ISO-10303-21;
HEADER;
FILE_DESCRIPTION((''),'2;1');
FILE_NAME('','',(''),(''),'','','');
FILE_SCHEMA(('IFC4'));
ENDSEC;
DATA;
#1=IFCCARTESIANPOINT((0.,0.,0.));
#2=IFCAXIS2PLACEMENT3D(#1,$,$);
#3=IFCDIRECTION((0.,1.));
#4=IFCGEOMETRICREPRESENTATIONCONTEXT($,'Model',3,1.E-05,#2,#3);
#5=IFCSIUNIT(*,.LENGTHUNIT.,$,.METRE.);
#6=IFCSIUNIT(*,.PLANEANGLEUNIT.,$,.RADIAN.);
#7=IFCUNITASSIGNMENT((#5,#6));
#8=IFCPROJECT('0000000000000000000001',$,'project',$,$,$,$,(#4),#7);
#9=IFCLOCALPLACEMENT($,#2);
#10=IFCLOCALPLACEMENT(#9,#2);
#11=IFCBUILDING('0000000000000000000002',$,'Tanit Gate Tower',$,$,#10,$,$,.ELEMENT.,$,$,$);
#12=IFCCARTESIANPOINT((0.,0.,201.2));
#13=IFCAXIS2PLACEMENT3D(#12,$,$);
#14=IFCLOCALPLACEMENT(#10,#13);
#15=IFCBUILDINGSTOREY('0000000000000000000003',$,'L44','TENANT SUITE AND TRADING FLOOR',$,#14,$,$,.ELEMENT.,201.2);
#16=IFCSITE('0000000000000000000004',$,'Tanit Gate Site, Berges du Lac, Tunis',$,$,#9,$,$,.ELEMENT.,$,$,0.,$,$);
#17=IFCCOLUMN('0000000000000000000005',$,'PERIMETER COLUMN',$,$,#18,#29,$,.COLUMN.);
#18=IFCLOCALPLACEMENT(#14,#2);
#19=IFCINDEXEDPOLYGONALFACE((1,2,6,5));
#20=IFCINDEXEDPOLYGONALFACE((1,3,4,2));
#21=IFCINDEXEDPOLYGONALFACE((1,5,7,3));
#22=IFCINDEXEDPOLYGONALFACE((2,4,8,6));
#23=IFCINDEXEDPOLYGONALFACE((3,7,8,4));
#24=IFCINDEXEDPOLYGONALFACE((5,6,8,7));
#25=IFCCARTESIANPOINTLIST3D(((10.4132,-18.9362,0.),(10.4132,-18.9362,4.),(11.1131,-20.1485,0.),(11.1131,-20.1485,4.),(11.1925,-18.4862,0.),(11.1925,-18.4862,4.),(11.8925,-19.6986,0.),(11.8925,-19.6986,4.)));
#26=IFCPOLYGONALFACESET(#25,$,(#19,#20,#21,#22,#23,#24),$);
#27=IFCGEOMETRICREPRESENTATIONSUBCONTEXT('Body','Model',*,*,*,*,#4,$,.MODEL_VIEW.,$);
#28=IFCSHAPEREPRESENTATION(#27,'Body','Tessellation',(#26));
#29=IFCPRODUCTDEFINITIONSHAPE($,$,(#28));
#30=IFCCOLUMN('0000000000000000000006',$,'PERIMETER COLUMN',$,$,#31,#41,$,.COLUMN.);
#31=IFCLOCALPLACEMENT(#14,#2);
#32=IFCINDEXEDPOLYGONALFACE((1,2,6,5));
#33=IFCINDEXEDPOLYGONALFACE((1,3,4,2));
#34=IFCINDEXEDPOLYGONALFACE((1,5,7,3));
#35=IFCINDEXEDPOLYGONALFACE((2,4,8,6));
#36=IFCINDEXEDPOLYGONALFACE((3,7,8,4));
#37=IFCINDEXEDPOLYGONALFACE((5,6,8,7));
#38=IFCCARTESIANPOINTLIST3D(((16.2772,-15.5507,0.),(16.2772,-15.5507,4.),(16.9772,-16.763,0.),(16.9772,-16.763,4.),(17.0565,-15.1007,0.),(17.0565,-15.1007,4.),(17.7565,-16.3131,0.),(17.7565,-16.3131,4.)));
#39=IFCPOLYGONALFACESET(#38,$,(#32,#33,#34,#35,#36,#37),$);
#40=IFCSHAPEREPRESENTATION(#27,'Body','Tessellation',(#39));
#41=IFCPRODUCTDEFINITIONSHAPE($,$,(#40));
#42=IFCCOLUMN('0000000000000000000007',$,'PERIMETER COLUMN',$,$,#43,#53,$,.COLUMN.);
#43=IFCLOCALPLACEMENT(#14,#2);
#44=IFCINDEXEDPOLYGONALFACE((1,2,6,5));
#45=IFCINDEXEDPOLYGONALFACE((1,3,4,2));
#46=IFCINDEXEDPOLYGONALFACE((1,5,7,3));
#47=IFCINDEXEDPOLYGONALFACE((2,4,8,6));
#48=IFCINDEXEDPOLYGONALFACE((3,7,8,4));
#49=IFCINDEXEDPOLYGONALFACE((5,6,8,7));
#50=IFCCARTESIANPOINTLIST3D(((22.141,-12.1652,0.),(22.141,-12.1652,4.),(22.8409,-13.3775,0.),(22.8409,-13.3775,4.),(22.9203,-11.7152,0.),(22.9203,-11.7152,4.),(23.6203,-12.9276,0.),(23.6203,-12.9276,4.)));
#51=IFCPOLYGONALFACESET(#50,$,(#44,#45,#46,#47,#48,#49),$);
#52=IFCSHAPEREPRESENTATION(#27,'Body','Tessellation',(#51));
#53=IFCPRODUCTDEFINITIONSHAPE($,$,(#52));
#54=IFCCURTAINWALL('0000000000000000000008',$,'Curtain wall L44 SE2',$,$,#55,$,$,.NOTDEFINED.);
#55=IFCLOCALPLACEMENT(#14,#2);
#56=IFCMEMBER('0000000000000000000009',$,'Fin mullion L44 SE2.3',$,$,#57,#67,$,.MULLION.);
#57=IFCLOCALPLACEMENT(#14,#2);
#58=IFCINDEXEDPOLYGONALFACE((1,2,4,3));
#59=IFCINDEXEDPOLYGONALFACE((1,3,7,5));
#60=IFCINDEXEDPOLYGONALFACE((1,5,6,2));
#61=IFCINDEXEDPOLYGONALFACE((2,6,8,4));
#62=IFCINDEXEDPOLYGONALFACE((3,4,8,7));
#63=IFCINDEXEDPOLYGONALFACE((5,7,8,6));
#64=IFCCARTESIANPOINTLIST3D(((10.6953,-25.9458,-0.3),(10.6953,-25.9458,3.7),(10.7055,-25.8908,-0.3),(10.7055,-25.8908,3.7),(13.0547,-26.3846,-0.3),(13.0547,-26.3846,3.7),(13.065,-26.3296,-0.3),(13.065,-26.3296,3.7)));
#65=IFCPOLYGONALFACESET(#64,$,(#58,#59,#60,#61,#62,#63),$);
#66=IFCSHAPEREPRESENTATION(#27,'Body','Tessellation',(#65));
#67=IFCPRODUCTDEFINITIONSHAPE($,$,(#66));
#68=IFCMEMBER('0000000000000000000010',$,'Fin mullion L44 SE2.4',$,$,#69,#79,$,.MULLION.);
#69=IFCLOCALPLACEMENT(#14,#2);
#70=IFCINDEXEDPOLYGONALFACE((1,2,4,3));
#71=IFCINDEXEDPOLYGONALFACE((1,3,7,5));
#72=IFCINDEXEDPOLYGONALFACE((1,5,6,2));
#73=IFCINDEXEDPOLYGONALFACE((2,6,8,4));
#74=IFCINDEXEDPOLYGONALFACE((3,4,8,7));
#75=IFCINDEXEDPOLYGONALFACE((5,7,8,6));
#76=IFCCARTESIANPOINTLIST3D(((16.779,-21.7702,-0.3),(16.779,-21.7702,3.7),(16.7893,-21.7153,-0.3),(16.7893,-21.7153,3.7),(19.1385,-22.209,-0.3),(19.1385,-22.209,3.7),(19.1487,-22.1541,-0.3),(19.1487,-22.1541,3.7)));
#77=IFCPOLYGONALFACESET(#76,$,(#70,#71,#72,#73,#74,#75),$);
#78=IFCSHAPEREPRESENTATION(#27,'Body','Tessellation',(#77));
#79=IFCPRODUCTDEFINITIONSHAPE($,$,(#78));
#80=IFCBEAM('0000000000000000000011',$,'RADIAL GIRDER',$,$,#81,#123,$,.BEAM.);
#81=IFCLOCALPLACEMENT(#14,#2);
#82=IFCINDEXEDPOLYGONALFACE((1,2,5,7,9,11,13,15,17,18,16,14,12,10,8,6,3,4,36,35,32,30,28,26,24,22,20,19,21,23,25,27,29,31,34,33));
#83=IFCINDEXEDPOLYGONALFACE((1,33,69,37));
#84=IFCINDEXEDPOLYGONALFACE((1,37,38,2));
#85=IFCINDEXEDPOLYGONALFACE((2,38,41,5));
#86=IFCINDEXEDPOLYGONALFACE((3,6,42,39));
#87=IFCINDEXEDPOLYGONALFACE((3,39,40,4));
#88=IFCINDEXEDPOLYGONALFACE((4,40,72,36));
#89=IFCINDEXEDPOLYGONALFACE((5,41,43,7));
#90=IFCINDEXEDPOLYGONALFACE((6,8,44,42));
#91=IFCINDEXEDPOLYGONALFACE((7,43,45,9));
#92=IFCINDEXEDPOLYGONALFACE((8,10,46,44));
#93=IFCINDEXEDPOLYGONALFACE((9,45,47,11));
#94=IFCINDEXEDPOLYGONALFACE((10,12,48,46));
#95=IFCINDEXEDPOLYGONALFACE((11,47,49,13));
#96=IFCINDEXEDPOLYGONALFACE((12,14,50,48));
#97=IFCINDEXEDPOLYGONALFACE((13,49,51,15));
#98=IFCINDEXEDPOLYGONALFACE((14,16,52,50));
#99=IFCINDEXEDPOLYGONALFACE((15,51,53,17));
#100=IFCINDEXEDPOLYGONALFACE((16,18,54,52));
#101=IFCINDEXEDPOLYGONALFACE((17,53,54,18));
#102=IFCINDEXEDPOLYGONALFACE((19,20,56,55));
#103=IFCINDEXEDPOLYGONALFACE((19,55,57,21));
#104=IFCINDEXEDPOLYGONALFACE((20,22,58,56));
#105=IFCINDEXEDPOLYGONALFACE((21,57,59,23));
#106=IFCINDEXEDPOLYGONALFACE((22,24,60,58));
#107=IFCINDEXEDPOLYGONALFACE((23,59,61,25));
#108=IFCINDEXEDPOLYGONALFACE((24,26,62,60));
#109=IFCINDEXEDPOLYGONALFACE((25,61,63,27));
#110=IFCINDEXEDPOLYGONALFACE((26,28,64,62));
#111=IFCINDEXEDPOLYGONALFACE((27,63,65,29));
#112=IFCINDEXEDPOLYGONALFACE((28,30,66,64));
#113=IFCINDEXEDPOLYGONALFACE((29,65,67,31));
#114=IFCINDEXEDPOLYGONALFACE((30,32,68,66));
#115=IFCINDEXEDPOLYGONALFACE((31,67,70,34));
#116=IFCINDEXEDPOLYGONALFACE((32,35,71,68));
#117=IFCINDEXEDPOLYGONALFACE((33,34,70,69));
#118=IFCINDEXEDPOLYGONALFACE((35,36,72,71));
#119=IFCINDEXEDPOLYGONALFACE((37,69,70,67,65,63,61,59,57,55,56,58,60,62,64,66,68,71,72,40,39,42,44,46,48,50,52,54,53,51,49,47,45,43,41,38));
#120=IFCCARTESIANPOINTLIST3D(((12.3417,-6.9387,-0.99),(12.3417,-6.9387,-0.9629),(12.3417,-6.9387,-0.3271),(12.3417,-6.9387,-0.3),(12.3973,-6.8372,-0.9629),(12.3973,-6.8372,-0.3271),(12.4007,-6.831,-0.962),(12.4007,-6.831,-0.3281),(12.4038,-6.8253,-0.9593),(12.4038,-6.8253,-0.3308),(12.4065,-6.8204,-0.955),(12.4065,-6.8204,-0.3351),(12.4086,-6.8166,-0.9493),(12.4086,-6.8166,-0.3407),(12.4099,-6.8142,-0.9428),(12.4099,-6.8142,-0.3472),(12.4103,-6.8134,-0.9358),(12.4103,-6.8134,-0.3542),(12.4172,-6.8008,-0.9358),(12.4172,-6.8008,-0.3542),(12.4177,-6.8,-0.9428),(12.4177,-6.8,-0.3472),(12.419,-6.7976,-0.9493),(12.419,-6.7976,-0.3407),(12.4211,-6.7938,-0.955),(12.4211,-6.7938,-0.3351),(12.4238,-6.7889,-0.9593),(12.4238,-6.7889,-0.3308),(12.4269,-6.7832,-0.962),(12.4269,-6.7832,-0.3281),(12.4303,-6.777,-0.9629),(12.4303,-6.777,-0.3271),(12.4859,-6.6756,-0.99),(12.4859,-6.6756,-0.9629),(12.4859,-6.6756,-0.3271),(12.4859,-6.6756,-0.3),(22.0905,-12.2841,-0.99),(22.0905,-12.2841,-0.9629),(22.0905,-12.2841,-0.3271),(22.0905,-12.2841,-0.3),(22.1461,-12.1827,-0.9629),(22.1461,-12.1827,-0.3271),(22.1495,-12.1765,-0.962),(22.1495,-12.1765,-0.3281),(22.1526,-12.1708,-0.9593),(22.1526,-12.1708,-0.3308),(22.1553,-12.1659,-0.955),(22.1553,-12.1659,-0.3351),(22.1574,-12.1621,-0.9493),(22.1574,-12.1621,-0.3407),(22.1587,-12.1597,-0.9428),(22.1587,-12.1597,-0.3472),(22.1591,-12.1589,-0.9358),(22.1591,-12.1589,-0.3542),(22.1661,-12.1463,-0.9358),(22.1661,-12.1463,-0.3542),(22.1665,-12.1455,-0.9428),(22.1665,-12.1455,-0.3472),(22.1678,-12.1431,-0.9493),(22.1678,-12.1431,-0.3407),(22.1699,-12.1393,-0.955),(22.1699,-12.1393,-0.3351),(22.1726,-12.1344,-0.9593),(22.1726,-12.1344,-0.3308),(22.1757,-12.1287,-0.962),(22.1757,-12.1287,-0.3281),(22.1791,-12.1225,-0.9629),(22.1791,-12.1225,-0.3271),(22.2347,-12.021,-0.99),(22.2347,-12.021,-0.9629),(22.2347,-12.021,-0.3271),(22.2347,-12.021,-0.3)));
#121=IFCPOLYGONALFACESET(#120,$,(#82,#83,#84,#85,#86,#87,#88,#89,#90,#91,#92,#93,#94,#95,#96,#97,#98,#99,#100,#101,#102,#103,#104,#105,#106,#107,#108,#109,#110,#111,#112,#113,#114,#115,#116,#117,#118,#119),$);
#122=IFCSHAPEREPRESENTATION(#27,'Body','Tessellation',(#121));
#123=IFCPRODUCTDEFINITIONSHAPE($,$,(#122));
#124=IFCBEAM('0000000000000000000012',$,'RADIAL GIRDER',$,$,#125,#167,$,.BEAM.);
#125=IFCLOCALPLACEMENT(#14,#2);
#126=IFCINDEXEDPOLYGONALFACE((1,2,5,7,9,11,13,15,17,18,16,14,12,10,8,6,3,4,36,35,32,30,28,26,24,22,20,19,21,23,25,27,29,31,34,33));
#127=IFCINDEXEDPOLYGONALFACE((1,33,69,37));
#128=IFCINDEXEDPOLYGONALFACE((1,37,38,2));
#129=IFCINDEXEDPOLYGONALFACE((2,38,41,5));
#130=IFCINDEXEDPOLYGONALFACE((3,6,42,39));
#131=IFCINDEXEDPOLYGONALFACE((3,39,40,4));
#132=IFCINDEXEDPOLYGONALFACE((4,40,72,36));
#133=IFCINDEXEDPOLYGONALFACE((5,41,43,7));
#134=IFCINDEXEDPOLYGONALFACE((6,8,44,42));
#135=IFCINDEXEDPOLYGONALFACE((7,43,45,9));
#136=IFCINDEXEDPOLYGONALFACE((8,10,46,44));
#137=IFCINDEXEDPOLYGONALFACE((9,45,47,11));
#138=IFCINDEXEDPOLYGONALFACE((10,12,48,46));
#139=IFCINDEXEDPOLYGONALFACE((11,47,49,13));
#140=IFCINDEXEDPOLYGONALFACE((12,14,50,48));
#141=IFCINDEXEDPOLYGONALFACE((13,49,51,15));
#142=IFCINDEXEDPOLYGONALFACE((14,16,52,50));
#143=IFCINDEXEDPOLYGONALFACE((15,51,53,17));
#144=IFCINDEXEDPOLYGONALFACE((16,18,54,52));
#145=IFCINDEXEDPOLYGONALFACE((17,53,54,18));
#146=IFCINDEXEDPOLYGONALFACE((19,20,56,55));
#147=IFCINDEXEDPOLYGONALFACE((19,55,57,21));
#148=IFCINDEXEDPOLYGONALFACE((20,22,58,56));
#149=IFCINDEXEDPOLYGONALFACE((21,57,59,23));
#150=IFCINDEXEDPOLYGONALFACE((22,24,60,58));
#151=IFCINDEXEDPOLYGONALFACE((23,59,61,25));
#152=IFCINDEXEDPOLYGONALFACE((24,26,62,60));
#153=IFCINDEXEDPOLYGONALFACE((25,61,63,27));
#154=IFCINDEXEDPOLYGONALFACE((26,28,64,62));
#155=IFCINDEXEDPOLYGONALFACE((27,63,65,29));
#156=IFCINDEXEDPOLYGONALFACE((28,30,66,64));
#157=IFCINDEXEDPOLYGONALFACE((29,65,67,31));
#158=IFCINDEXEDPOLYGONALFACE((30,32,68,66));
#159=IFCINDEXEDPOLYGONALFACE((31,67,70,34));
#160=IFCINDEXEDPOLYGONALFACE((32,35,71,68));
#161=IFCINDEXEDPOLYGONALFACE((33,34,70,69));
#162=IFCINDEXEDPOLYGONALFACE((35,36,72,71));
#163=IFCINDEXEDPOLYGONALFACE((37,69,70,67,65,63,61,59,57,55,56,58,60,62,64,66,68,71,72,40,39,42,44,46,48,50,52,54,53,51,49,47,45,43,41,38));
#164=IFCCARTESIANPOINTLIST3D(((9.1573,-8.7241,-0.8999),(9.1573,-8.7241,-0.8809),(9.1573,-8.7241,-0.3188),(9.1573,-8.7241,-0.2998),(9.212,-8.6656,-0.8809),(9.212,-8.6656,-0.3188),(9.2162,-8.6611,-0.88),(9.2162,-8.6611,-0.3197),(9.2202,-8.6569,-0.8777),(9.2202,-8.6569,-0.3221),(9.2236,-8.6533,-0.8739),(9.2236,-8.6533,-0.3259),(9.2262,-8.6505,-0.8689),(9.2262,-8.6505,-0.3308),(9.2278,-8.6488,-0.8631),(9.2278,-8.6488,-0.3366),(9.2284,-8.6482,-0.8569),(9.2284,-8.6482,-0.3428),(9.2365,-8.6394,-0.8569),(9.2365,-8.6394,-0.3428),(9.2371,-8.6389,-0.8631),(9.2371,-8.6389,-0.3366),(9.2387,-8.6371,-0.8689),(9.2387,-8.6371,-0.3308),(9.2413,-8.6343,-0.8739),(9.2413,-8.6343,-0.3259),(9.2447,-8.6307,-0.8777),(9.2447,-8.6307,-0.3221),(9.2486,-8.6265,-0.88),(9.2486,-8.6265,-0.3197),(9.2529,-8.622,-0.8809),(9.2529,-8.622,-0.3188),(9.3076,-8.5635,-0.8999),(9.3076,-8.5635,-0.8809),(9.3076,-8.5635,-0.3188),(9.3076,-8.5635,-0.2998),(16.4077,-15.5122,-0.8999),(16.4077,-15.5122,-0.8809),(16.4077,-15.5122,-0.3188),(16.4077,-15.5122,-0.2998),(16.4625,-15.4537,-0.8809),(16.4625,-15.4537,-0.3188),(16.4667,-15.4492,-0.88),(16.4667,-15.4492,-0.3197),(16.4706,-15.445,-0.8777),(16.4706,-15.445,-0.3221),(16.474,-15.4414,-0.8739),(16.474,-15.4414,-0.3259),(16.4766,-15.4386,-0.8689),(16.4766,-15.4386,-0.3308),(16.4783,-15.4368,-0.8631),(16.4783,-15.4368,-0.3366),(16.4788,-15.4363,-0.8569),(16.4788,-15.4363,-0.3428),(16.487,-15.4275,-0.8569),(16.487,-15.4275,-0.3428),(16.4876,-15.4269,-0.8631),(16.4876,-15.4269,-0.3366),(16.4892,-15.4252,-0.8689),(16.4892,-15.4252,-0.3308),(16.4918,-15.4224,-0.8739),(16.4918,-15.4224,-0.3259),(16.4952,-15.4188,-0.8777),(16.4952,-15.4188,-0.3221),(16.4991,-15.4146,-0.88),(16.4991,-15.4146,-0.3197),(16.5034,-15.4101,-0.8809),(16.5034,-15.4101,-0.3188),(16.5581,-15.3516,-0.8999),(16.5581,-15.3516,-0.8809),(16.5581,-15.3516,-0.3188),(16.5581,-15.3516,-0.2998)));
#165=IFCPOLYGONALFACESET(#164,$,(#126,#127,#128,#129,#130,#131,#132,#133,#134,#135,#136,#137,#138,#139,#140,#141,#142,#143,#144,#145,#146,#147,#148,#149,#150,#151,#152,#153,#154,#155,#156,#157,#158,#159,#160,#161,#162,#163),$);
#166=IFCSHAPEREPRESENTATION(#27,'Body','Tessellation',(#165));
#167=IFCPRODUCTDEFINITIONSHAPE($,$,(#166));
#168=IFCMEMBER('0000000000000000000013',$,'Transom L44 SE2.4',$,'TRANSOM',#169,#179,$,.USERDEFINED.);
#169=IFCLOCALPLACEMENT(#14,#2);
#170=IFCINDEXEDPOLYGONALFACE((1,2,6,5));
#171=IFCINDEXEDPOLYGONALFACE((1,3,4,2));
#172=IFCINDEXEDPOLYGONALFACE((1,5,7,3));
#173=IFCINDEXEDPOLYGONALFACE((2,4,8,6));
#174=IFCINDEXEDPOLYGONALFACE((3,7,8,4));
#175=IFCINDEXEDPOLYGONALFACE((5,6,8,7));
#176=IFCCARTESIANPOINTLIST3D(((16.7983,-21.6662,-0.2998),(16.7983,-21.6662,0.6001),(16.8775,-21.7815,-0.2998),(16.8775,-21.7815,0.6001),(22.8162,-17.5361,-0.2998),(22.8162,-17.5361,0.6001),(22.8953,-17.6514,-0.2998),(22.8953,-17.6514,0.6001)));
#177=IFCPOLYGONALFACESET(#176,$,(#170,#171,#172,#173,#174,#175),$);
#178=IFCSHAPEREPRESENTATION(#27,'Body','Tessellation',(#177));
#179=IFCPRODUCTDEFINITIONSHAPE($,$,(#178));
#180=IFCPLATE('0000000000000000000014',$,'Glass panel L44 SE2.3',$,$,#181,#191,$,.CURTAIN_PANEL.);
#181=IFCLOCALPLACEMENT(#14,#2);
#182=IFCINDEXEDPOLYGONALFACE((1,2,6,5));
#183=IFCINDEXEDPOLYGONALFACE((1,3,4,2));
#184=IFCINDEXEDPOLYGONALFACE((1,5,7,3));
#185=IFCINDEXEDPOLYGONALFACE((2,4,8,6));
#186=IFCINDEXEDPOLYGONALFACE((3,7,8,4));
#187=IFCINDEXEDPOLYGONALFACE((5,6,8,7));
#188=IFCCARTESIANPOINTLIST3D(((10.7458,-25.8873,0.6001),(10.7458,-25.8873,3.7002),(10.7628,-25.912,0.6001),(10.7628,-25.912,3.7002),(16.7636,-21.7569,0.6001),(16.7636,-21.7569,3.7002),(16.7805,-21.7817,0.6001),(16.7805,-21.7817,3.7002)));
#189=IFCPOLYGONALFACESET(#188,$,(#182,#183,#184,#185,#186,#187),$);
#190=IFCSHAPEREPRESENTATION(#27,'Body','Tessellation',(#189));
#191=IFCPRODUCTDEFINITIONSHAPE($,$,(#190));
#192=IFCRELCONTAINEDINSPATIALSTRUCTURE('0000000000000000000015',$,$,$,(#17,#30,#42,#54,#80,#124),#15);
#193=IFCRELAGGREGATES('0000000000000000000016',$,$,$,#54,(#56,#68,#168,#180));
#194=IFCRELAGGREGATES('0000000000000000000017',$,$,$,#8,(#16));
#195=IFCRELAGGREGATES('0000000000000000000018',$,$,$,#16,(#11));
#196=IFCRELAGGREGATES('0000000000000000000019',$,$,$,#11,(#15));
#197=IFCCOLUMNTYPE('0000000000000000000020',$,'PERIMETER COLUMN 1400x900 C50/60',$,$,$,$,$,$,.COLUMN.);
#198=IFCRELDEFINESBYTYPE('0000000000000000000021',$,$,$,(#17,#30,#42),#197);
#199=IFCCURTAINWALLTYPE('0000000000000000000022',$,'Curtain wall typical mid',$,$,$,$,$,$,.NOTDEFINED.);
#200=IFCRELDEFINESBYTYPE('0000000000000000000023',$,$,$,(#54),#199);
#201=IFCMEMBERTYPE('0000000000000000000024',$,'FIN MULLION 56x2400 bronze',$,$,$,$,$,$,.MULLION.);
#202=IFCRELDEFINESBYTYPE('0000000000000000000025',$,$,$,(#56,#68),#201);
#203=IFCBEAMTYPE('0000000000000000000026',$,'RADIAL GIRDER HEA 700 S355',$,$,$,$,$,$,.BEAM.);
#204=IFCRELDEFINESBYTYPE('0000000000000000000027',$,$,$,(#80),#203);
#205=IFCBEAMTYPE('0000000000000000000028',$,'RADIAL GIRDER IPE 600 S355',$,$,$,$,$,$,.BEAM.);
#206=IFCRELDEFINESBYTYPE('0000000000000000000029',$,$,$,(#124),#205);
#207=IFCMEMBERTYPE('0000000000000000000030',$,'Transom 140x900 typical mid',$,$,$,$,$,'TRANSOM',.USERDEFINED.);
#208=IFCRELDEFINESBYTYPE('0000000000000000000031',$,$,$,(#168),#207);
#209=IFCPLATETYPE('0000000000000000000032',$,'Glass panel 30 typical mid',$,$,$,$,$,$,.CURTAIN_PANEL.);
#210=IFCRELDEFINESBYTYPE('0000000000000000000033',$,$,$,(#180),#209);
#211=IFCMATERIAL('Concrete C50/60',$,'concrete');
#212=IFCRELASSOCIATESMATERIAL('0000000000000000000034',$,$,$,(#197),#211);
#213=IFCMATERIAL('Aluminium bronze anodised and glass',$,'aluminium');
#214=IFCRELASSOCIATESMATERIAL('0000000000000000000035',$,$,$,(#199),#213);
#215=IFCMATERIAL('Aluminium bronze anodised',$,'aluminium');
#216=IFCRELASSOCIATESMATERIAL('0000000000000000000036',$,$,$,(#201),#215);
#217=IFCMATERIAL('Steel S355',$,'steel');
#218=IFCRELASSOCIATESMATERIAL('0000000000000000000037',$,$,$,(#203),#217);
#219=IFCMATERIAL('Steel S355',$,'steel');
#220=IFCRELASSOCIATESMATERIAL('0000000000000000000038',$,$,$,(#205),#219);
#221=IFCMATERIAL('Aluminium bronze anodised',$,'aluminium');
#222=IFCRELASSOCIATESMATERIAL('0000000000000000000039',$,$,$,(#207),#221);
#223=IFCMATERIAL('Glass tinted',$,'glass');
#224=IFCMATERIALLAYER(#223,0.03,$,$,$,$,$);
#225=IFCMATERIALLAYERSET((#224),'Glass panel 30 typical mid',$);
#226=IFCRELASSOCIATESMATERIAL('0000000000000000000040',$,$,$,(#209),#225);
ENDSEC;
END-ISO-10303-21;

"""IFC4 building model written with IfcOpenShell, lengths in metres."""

from ifc_helpers import new_model, si_unit, direction, frame, origin, origin_2d, place, context, subcontext, project, spatial, rectangle, i_section, extrude, material, layer, layer_set, material_profile, profile_set, type_object, element, aggregate, save


model = new_model("IFC4")

# Units and contexts
model_context = context("Model", 3, precision=1e-05, world=origin(), true_north=direction((0.0, 1.0)))
body_context = subcontext(model_context, "Body", "Model", "MODEL_VIEW")
ifc_project = project(units=[si_unit("LENGTHUNIT", "METRE"), si_unit("PLANEANGLEUNIT", "RADIAN")], contexts=[model_context])

# Site, building, storey
site_placement = place(None, origin())
site = spatial("IfcSite", under=ifc_project, at=site_placement, Name="Tanit Gate Site, Berges du Lac, Tunis", CompositionType="ELEMENT", RefElevation=0.0)
building_placement = place(site_placement, origin())
building = spatial("IfcBuilding", under=site, at=building_placement, Name="Tanit Gate Tower", CompositionType="ELEMENT")
storey_placement = place(building_placement, frame((0.0, 0.0, 201.2)))
storey = spatial("IfcBuildingStorey", under=building, at=storey_placement, Name="L44", Description="TENANT SUITE AND TRADING FLOOR", CompositionType="ELEMENT", Elevation=201.2)

# Columns
ifc_material_1 = material(Name="Concrete C50/60", Category="concrete")
ifc_material_profile_1 = material_profile(ifc_material_1, rectangle(XDim=1.3999, YDim=0.8999, at=origin_2d()), Name="RC 1400x900")
ifc_profile_set_1 = profile_set([ifc_material_profile_1], Name="Concrete C50/60")
column_type = type_object("IfcColumnType", Name="PERIMETER COLUMN 1400x900 C50/60", PredefinedType="COLUMN", material=ifc_profile_set_1)
for number, where, z_axis, x_axis, name in (
    (1, (11.1528, -19.3174, 0.0), (0.0, 0.0, 1.0), (0.5, -0.866025, 0.0), "PERIMETER COLUMN"),
    (2, (17.0168, -15.9319, 0.0), (0.0, 0.0, 1.0), (0.5, -0.866025, 0.0), "PERIMETER COLUMN"),
    (3, (22.8806, -12.5464, 0.0), (0.0, 0.0, 1.0), (0.5, -0.866025, 0.0), "PERIMETER COLUMN"),
):
    element("IfcColumn", number, at=place(storey_placement, frame(where, z_axis=z_axis, x_axis=x_axis)), inside=storey, type_object=column_type, Name=name, PredefinedType="COLUMN", context=body_context, shape_type="SweptSolid", body=[
        extrude(rectangle(XDim=1.3999, YDim=0.8999, at=origin_2d()), origin(), (0.0, 0.0, 1.0), 4.0),
    ])

# Curtain wall, members
ifc_material_2 = material(Name="Aluminium bronze anodised and glass", Category="aluminium")
curtain_wall_type = type_object("IfcCurtainWallType", Name="Curtain wall typical mid", PredefinedType="NOTDEFINED", material=ifc_material_2)
curtain_wall_placement = place(storey_placement, origin())
curtain_wall = element("IfcCurtainWall", 4, at=curtain_wall_placement, inside=storey, type_object=curtain_wall_type, Name="Curtain wall L44 SE2", PredefinedType="NOTDEFINED")
ifc_material_3 = material(Name="Aluminium bronze anodised", Category="aluminium")
ifc_material_profile_2 = material_profile(ifc_material_3, rectangle(XDim=2.3999, YDim=0.0559, at=origin_2d()), Name="56x2400 bronze fin mullion")
ifc_profile_set_2 = profile_set([ifc_material_profile_2], Name="Aluminium bronze anodised")
member_type_1 = type_object("IfcMemberType", Name="FIN MULLION 56x2400 bronze", PredefinedType="MULLION", material=ifc_profile_set_2)
member_1_placement = place(storey_placement, frame((11.8801, -26.1377, -0.3), z_axis=(0.0, 0.0, 1.0), x_axis=(-0.983141, 0.182847, 0.0)))
member_1 = element("IfcMember", 5, at=member_1_placement, type_object=member_type_1, Name="Fin mullion L44 SE2.3", PredefinedType="MULLION", context=body_context, shape_type="SweptSolid", body=[
    extrude(rectangle(XDim=2.3999, YDim=0.0559, at=origin_2d()), origin(), (0.0, 0.0, 1.0), 4.0),
])
member_2_placement = place(storey_placement, frame((17.9639, -21.9622, -0.3), z_axis=(0.0, 0.0, 1.0), x_axis=(-0.983141, 0.182847, 0.0)))
member_2 = element("IfcMember", 6, at=member_2_placement, type_object=member_type_1, Name="Fin mullion L44 SE2.4", PredefinedType="MULLION", context=body_context, shape_type="SweptSolid", body=[
    extrude(rectangle(XDim=2.3999, YDim=0.0559, at=origin_2d()), origin(), (0.0, 0.0, 1.0), 4.0),
])

# Beams
ifc_material_4 = material(Name="Steel S355", Category="steel")
ifc_material_profile_3 = material_profile(ifc_material_4, i_section(OverallWidth=0.3, OverallDepth=0.6899, WebThickness=0.0144, FlangeThickness=0.0271, FilletRadius=0.0271, at=origin_2d()), Name="HEA 700")
ifc_profile_set_3 = profile_set([ifc_material_profile_3], Name="Steel S355")
beam_type_1 = type_object("IfcBeamType", Name="RADIAL GIRDER HEA 700 S355", PredefinedType="BEAM", material=ifc_profile_set_3)
beam_1_placement = place(storey_placement, frame((22.1626, -12.1526, -0.645), z_axis=(-0.876837, 0.480788, 0.0), x_axis=(-0.480788, -0.876837, 0.0)))
element("IfcBeam", 7, at=beam_1_placement, inside=storey, type_object=beam_type_1, Name="RADIAL GIRDER", PredefinedType="BEAM", context=body_context, shape_type="SweptSolid", body=[
    extrude(i_section(OverallWidth=0.3, OverallDepth=0.6899, WebThickness=0.0144, FlangeThickness=0.0271, FilletRadius=0.0271, at=origin_2d()), origin(), (0.0, 0.0, 1.0), 11.1182),
])
ifc_material_5 = material(Name="Steel S355", Category="steel")
ifc_material_profile_4 = material_profile(ifc_material_5, i_section(OverallWidth=0.22, OverallDepth=0.6001, WebThickness=0.012, FlangeThickness=0.019, FilletRadius=0.0239, at=origin_2d()), Name="IPE 600")
ifc_profile_set_4 = profile_set([ifc_material_profile_4], Name="Steel S355")
beam_type_2 = type_object("IfcBeamType", Name="RADIAL GIRDER IPE 600 S355", PredefinedType="BEAM", material=ifc_profile_set_4)
beam_2_placement = place(storey_placement, frame((16.4829, -15.4319, -0.5999), z_axis=(-0.730002, 0.683445, 0.0), x_axis=(-0.683445, -0.730002, 0.0)))
element("IfcBeam", 8, at=beam_2_placement, inside=storey, type_object=beam_type_2, Name="RADIAL GIRDER", PredefinedType="BEAM", context=body_context, shape_type="SweptSolid", body=[
    extrude(i_section(OverallWidth=0.22, OverallDepth=0.6001, WebThickness=0.012, FlangeThickness=0.019, FilletRadius=0.0239, at=origin_2d()), origin(), (0.0, 0.0, 1.0), 9.9321),
])

# Member
ifc_material_6 = material(Name="Aluminium bronze anodised", Category="aluminium")
ifc_material_profile_5 = material_profile(ifc_material_6, rectangle(XDim=0.1399, YDim=0.8999, at=origin_2d()), Name="140x900 bronze transom")
ifc_profile_set_5 = profile_set([ifc_material_profile_5], Name="Aluminium bronze anodised")
member_type_2 = type_object("IfcMemberType", Name="Transom 140x900 typical mid", ElementType="TRANSOM", PredefinedType="USERDEFINED", material=ifc_profile_set_5)
member_3_placement = place(storey_placement, frame((16.8379, -21.7239, 0.1501), z_axis=(0.824497, 0.565866, 0.0), x_axis=(-0.565866, 0.824497, 0.0)))
member_3 = element("IfcMember", 9, at=member_3_placement, type_object=member_type_2, Name="Transom L44 SE2.4", ObjectType="TRANSOM", PredefinedType="USERDEFINED", context=body_context, shape_type="SweptSolid", body=[
    extrude(rectangle(XDim=0.1399, YDim=0.8999, at=origin_2d()), origin(), (0.0, 0.0, 1.0), 7.2988),
])

# Plate
ifc_material_7 = material(Name="Glass tinted", Category="glass")
ifc_layer_1 = layer(ifc_material_7, 0.03)
ifc_layer_set_1 = layer_set([ifc_layer_1], Name="Glass panel 30 typical mid")
plate_type = type_object("IfcPlateType", Name="Glass panel 30 typical mid", PredefinedType="CURTAIN_PANEL", material=ifc_layer_set_1)
plate_1_placement = place(storey_placement, frame((13.7632, -23.8345, 0.6001), z_axis=(0.0, 0.0, 1.0), x_axis=(0.824479, 0.565893, 0.0)))
plate_1 = element("IfcPlate", 10, at=plate_1_placement, type_object=plate_type, Name="Glass panel L44 SE2.3", PredefinedType="CURTAIN_PANEL", context=body_context, shape_type="SweptSolid", body=[
    extrude(rectangle(XDim=7.2988, YDim=0.03, at=origin_2d()), origin(), (0.0, 0.0, 1.0), 3.1001),
])
aggregate(curtain_wall, [member_1, member_2, member_3, plate_1])

save(model, "model.ifc")
